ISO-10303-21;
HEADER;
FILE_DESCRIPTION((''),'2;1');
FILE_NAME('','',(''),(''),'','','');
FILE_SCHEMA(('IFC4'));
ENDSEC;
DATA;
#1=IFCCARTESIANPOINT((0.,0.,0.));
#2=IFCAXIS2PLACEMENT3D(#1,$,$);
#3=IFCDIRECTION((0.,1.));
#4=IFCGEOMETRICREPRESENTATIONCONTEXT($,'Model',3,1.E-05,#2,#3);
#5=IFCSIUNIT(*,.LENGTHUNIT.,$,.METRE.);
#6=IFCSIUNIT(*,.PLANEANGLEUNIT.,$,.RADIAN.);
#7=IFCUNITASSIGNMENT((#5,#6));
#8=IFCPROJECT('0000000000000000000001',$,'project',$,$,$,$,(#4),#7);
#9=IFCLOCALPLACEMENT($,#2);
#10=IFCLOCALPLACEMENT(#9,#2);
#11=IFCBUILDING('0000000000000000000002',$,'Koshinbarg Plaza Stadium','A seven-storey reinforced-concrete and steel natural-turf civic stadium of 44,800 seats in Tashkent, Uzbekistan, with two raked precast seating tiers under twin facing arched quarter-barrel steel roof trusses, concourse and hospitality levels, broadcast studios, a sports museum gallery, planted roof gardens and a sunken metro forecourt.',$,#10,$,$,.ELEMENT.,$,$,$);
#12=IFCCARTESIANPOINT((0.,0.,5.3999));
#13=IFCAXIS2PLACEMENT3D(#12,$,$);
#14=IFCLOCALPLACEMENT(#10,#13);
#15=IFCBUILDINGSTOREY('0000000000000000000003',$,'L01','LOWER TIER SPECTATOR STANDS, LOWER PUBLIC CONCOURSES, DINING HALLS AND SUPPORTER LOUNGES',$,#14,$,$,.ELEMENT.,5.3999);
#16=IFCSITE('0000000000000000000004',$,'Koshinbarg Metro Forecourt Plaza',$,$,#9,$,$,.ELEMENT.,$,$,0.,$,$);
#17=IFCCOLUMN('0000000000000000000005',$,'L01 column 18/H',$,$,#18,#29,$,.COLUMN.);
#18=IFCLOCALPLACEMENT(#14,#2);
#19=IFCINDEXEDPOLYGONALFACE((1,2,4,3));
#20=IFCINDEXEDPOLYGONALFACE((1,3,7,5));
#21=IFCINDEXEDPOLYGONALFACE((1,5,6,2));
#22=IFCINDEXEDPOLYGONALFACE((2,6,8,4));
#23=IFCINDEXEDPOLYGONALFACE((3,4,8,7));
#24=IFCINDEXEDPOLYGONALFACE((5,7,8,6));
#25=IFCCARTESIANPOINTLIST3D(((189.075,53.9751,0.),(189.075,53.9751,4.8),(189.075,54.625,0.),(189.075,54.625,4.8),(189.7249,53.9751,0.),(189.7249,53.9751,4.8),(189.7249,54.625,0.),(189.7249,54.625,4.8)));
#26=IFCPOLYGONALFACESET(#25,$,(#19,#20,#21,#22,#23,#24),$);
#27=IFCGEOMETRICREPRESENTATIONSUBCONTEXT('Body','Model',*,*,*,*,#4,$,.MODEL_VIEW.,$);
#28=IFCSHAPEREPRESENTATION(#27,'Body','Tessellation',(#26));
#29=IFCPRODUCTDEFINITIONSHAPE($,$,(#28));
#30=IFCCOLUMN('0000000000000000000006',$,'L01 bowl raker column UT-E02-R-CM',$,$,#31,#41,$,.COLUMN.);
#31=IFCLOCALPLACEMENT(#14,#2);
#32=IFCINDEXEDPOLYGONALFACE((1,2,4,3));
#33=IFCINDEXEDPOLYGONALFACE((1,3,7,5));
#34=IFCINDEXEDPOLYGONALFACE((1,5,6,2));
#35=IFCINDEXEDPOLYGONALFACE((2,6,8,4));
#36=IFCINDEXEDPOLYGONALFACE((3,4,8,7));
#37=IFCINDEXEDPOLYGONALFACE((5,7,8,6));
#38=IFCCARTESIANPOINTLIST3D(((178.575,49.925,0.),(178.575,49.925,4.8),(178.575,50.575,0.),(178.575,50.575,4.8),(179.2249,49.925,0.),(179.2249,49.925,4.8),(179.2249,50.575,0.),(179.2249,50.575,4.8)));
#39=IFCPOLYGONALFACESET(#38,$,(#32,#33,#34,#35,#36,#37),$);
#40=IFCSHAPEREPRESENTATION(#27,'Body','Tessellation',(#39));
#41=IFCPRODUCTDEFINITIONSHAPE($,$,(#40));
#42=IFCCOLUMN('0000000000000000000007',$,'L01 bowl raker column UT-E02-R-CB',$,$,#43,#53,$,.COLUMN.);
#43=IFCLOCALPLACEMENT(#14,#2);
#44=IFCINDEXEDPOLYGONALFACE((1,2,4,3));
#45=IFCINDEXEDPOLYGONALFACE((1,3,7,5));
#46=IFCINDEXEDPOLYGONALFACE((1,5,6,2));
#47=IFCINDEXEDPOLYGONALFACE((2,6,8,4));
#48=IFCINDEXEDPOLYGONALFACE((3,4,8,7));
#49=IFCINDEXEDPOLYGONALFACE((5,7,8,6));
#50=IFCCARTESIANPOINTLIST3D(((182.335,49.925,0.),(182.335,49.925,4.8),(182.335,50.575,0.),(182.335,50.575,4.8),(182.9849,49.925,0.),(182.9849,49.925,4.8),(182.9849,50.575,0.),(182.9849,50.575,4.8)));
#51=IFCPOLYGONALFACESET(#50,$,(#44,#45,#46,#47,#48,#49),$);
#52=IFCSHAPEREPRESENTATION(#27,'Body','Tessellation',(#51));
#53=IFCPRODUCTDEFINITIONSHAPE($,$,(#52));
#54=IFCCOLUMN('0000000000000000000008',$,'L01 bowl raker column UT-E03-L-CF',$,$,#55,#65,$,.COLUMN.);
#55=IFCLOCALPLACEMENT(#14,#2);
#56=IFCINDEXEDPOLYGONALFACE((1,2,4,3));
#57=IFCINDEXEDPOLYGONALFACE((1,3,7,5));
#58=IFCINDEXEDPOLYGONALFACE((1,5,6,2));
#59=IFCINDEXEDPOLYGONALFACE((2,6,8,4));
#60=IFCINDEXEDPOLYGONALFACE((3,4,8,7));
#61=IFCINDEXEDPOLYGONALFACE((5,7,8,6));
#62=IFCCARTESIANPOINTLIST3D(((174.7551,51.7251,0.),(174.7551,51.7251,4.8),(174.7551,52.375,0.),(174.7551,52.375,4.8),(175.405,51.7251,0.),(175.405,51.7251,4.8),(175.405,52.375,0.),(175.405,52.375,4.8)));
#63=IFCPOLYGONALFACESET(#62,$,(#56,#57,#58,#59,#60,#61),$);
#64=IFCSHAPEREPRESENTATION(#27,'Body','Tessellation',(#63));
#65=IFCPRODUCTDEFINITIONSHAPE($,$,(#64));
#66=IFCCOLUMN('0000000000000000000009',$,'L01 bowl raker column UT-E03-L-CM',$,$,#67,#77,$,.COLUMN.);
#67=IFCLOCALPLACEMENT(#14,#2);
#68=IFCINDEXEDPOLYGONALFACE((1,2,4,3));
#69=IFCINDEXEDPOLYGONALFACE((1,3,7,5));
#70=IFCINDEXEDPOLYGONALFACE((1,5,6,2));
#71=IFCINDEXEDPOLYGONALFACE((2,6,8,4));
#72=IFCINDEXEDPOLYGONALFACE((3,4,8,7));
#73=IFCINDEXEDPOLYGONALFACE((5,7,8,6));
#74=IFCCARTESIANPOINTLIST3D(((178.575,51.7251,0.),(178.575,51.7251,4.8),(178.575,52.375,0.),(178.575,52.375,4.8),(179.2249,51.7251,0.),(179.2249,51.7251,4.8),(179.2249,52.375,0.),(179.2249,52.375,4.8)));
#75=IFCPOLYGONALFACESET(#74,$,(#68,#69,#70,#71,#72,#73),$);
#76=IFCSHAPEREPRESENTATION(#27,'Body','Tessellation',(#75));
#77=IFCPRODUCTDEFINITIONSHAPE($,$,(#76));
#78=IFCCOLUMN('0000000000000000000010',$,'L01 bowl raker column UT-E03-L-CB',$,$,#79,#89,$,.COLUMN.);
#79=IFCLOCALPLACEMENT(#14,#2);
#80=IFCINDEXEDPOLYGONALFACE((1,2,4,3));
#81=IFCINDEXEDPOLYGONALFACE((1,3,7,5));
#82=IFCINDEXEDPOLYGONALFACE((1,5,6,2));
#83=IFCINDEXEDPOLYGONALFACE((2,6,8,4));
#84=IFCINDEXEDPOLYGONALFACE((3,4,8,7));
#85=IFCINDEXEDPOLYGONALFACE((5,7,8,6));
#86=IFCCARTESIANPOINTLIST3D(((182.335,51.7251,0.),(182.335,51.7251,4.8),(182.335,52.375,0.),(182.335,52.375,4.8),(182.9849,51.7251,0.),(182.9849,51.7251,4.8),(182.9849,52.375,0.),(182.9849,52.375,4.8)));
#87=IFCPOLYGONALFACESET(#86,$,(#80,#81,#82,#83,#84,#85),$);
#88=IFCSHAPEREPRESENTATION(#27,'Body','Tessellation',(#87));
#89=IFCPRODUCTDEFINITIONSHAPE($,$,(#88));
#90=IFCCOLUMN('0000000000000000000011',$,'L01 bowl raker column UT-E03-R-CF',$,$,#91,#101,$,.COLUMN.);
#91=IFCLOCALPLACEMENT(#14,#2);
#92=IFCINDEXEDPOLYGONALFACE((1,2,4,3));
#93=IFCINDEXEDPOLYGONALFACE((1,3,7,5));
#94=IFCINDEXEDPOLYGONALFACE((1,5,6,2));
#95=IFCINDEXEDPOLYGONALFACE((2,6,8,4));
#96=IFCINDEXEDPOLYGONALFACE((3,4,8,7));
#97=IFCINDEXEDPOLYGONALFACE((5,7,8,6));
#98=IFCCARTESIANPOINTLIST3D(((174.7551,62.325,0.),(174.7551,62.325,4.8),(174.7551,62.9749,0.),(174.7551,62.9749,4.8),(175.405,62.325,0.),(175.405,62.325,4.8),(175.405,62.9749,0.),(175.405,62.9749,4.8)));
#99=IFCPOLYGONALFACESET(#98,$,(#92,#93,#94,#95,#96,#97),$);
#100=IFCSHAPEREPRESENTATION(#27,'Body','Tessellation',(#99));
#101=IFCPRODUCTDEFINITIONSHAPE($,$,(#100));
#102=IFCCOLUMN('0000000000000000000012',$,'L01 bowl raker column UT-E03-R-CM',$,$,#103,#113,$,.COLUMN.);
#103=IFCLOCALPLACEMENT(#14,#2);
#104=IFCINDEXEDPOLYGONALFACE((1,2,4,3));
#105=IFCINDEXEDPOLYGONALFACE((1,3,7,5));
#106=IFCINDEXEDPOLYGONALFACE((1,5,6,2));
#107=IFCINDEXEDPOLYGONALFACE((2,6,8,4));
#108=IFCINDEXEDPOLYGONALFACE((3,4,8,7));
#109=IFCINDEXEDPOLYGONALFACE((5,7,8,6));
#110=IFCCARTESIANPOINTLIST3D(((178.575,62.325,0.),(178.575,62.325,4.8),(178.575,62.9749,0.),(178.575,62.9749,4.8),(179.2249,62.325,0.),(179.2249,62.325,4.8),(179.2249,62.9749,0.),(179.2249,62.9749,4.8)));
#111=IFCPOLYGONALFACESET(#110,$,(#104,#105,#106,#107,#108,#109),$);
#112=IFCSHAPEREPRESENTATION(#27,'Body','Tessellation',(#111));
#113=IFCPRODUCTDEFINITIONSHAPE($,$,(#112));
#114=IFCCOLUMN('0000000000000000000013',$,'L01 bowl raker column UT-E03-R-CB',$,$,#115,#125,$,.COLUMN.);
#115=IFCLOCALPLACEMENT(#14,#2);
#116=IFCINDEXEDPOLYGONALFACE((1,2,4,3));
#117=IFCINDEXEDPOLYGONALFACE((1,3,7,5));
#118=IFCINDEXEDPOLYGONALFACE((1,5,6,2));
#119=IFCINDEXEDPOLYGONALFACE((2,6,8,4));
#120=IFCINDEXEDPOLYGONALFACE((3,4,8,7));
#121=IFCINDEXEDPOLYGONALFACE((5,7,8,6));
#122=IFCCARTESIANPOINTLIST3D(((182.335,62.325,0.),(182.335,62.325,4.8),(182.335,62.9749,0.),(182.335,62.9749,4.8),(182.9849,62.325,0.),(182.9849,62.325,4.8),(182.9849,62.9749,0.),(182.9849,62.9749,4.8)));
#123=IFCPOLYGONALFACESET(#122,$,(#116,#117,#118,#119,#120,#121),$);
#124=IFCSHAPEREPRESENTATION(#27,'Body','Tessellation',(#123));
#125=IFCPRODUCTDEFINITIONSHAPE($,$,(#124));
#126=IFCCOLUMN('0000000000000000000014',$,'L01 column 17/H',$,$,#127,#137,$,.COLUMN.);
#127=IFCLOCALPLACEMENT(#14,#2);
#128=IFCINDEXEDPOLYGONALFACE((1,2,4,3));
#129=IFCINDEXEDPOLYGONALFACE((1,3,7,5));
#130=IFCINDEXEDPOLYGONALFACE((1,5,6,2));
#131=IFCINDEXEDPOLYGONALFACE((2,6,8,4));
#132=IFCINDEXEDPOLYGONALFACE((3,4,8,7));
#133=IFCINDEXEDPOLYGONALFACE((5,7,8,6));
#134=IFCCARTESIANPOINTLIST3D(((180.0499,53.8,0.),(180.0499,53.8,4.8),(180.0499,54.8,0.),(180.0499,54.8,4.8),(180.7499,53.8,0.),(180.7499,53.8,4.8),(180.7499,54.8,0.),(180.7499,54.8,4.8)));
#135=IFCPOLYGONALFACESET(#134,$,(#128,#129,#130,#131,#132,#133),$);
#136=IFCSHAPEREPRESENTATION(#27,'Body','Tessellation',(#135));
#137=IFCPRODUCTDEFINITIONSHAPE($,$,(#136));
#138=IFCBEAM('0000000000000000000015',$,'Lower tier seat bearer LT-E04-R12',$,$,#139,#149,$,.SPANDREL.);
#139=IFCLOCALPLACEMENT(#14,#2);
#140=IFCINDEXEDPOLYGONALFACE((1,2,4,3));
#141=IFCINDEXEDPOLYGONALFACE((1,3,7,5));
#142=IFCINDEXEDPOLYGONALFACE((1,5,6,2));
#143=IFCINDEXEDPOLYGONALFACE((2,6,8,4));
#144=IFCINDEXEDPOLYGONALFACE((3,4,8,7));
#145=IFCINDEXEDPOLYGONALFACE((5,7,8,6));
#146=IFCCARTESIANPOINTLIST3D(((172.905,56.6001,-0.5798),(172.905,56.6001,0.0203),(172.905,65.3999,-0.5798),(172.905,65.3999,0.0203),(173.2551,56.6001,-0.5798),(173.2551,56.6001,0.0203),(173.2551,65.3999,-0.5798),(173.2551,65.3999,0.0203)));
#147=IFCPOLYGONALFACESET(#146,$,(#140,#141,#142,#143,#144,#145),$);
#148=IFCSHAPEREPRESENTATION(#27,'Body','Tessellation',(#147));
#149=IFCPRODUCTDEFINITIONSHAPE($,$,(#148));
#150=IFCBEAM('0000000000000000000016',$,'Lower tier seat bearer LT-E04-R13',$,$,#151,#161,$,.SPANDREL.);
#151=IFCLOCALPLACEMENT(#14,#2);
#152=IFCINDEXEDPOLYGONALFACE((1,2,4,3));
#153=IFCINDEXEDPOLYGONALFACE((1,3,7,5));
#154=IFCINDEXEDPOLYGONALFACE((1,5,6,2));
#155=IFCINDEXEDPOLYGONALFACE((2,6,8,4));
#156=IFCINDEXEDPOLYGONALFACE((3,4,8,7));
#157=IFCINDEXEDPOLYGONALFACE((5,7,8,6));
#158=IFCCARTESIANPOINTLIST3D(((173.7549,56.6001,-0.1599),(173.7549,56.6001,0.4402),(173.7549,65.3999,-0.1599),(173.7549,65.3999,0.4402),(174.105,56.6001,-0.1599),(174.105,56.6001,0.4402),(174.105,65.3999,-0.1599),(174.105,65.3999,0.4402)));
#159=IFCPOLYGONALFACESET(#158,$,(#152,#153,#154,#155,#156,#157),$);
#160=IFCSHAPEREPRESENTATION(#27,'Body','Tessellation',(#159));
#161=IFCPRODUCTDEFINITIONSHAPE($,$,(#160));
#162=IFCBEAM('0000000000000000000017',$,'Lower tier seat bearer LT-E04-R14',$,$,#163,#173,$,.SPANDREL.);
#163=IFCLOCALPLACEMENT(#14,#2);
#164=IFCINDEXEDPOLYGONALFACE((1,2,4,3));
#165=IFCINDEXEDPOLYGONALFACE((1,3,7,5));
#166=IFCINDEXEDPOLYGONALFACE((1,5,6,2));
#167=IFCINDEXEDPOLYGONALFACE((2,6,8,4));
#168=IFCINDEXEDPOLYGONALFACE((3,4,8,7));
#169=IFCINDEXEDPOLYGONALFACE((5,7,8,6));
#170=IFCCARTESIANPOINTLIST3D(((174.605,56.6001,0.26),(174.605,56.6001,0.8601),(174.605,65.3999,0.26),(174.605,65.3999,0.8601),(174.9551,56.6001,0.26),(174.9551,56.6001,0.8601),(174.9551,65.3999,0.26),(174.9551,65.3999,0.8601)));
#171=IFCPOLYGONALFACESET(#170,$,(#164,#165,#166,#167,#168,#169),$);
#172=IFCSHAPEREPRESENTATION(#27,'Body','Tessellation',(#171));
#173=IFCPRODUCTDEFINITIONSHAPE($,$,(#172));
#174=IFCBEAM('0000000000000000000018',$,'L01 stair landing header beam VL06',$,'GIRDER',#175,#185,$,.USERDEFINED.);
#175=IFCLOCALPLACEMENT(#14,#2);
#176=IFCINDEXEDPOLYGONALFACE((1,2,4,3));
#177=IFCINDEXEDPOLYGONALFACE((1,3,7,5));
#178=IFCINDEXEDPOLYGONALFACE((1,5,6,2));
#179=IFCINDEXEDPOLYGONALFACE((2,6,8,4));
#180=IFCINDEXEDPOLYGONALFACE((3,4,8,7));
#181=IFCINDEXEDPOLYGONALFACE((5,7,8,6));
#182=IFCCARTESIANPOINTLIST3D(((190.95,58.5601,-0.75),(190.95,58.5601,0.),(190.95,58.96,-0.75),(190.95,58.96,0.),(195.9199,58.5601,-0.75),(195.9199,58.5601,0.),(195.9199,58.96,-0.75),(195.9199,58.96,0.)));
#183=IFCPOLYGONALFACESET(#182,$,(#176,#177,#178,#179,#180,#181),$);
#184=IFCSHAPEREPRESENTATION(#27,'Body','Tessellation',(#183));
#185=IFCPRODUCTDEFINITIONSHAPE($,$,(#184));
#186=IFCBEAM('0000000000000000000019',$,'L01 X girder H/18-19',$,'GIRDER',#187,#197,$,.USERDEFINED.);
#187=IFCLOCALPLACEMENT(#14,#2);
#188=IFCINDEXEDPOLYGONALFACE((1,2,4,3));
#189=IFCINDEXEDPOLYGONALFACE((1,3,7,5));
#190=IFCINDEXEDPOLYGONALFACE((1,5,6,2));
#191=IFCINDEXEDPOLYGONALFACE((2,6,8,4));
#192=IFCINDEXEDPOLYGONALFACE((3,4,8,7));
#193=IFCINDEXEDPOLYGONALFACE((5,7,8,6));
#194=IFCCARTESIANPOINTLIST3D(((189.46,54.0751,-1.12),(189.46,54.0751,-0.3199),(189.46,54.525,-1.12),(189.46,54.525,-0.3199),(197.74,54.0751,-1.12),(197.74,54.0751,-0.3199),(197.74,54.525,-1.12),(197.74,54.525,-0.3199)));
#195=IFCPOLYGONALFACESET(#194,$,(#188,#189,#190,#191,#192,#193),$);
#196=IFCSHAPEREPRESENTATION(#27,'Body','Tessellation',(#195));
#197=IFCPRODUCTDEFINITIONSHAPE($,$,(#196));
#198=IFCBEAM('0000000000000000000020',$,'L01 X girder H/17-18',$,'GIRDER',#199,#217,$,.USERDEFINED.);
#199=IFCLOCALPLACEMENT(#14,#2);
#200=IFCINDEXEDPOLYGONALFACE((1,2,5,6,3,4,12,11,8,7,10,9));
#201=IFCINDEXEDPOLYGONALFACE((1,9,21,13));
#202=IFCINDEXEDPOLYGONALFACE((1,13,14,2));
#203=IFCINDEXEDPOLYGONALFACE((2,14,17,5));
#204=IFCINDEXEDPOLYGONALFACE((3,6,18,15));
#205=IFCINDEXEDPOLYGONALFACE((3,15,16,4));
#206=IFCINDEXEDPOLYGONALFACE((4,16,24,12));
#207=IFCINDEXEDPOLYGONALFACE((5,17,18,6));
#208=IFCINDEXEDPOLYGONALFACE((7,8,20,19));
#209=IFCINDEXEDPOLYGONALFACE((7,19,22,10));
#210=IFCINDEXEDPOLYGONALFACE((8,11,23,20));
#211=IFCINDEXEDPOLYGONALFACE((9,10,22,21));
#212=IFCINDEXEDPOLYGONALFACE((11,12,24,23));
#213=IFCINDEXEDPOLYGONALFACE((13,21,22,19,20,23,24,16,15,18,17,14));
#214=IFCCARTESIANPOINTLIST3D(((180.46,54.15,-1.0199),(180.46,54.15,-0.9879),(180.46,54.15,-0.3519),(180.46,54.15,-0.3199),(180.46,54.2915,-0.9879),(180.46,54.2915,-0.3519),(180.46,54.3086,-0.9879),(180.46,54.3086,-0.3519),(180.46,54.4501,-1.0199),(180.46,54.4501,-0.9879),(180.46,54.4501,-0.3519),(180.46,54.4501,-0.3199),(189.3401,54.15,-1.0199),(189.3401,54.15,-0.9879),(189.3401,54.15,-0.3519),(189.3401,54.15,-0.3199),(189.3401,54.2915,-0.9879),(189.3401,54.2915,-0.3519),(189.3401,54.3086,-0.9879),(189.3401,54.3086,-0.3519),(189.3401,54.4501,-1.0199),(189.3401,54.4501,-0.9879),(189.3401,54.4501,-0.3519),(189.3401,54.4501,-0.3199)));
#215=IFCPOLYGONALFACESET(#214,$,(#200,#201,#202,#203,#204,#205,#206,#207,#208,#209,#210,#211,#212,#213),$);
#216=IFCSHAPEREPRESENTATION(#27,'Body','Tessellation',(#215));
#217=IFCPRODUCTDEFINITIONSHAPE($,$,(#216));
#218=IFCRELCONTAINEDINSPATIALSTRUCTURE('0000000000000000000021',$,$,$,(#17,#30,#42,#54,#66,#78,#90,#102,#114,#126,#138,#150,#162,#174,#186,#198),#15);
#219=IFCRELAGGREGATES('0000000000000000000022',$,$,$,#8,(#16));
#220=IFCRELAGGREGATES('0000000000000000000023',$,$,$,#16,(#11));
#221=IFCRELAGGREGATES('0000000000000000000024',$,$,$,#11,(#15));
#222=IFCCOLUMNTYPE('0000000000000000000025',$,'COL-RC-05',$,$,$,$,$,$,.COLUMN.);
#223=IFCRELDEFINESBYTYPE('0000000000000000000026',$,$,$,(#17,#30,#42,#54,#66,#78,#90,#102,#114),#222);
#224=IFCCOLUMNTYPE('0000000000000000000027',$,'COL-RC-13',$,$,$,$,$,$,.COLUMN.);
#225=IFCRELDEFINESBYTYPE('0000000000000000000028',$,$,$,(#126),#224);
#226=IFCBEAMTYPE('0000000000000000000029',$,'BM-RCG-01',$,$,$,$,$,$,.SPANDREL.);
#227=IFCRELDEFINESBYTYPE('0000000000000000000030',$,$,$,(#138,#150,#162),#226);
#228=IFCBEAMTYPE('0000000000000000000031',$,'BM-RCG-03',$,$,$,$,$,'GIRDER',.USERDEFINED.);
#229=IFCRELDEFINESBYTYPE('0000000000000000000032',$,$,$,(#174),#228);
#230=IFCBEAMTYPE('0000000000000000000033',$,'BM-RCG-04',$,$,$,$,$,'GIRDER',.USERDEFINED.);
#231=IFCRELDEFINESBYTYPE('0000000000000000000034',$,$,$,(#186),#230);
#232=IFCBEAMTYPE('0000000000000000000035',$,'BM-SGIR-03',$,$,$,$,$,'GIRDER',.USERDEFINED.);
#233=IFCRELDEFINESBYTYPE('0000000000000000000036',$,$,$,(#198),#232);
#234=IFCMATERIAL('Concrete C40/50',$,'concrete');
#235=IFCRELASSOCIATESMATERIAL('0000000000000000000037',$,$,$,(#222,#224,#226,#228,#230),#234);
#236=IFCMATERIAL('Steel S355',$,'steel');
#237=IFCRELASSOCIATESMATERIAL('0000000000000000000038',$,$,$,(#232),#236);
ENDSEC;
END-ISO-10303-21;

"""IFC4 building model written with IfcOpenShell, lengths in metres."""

from ifc_helpers import new_model, si_unit, direction, frame, origin, origin_2d, place, context, subcontext, project, spatial, rectangle, i_section, extrude, material, material_profile, profile_set, type_object, element, save


model = new_model("IFC4")

# Units and contexts
model_context = context("Model", 3, precision=1e-05, world=origin(), true_north=direction((0.0, 1.0)))
body_context = subcontext(model_context, "Body", "Model", "MODEL_VIEW")
ifc_project = project(units=[si_unit("LENGTHUNIT", "METRE"), si_unit("PLANEANGLEUNIT", "RADIAN")], contexts=[model_context])

# Site, building, storey
site_placement = place(None, origin())
site = spatial("IfcSite", under=ifc_project, at=site_placement, Name="Koshinbarg Metro Forecourt Plaza", CompositionType="ELEMENT", RefElevation=0.0)
building_placement = place(site_placement, origin())
building = spatial("IfcBuilding", under=site, at=building_placement, Name="Koshinbarg Plaza Stadium", Description="A seven-storey reinforced-concrete and steel natural-turf civic stadium of 44,800 seats in Tashkent, Uzbekistan, with two raked precast seating tiers under twin facing arched quarter-barrel steel roof trusses, concourse and hospitality levels, broadcast studios, a sports museum gallery, planted roof gardens and a sunken metro forecourt.", CompositionType="ELEMENT")
storey_placement = place(building_placement, frame((0.0, 0.0, 5.3999)))
storey = spatial("IfcBuildingStorey", under=building, at=storey_placement, Name="L01", Description="LOWER TIER SPECTATOR STANDS, LOWER PUBLIC CONCOURSES, DINING HALLS AND SUPPORTER LOUNGES", CompositionType="ELEMENT", Elevation=5.3999)

# Columns
ifc_material_1 = material(Name="Concrete C40/50", Category="concrete")
ifc_material_profile_1 = material_profile(ifc_material_1, rectangle(XDim=0.6499, YDim=0.6499, at=origin_2d()), Name="RC 650x650")
ifc_profile_set_1 = profile_set([ifc_material_profile_1], Name="Concrete C40/50")
column_type_1 = type_object("IfcColumnType", Name="COL-RC-05", PredefinedType="COLUMN", material=ifc_profile_set_1)
for number, where, z_axis, x_axis, name in (
    (1, (189.3999, 54.3, 0.0), (0.0, 0.0, 1.0), (1.0, 0.0, 0.0), "L01 column 18/H"),
    (2, (178.8999, 50.25, 0.0), (0.0, 0.0, 1.0), (1.0, 0.0, 0.0), "L01 bowl raker column UT-E02-R-CM"),
    (3, (182.6599, 50.25, 0.0), (0.0, 0.0, 1.0), (1.0, 0.0, 0.0), "L01 bowl raker column UT-E02-R-CB"),
    (4, (175.0801, 52.05, 0.0), (0.0, 0.0, 1.0), (1.0, 0.0, 0.0), "L01 bowl raker column UT-E03-L-CF"),
    (5, (178.8999, 52.05, 0.0), (0.0, 0.0, 1.0), (1.0, 0.0, 0.0), "L01 bowl raker column UT-E03-L-CM"),
    (6, (182.6599, 52.05, 0.0), (0.0, 0.0, 1.0), (1.0, 0.0, 0.0), "L01 bowl raker column UT-E03-L-CB"),
    (7, (175.0801, 62.6499, 0.0), (0.0, 0.0, 1.0), (1.0, 0.0, 0.0), "L01 bowl raker column UT-E03-R-CF"),
    (8, (178.8999, 62.6499, 0.0), (0.0, 0.0, 1.0), (1.0, 0.0, 0.0), "L01 bowl raker column UT-E03-R-CM"),
    (9, (182.6599, 62.6499, 0.0), (0.0, 0.0, 1.0), (1.0, 0.0, 0.0), "L01 bowl raker column UT-E03-R-CB"),
):
    element("IfcColumn", number, at=place(storey_placement, frame(where, z_axis=z_axis, x_axis=x_axis)), inside=storey, type_object=column_type_1, Name=name, PredefinedType="COLUMN", context=body_context, shape_type="SweptSolid", body=[
        extrude(rectangle(XDim=0.6499, YDim=0.6499, at=origin_2d()), origin(), (0.0, 0.0, 1.0), 4.8),
    ])
ifc_material_profile_2 = material_profile(ifc_material_1, rectangle(XDim=0.7, YDim=1.0, at=origin_2d()), Name="RC 700x1000")
ifc_profile_set_2 = profile_set([ifc_material_profile_2], Name="Concrete C40/50")
column_type_2 = type_object("IfcColumnType", Name="COL-RC-13", PredefinedType="COLUMN", material=ifc_profile_set_2)
column_placement = place(storey_placement, frame((180.3999, 54.3, 0.0), z_axis=(0.0, 0.0, 1.0), x_axis=(1.0, 0.0, 0.0)))
element("IfcColumn", 10, at=column_placement, inside=storey, type_object=column_type_2, Name="L01 column 17/H", PredefinedType="COLUMN", context=body_context, shape_type="SweptSolid", body=[
    extrude(rectangle(XDim=0.7, YDim=1.0, at=origin_2d()), origin(), (0.0, 0.0, 1.0), 4.8),
])

# Beams
ifc_material_profile_3 = material_profile(ifc_material_1, rectangle(XDim=0.3501, YDim=0.6001, at=origin_2d()), Name="RC 350x600")
ifc_profile_set_3 = profile_set([ifc_material_profile_3], Name="Concrete C40/50")
beam_type_1 = type_object("IfcBeamType", Name="BM-RCG-01", PredefinedType="SPANDREL", material=ifc_profile_set_3)
for number, where, z_axis, x_axis, name in (
    (11, (173.0801, 56.6001, -0.2798), (0.0, 1.0, 0.0), (-1.0, 0.0, 0.0), "Lower tier seat bearer LT-E04-R12"),
    (12, (173.9299, 56.6001, 0.1401), (0.0, 1.0, 0.0), (-1.0, 0.0, 0.0), "Lower tier seat bearer LT-E04-R13"),
    (13, (174.78, 56.6001, 0.5601), (0.0, 1.0, 0.0), (-1.0, 0.0, 0.0), "Lower tier seat bearer LT-E04-R14"),
):
    element("IfcBeam", number, at=place(storey_placement, frame(where, z_axis=z_axis, x_axis=x_axis)), inside=storey, type_object=beam_type_1, Name=name, PredefinedType="SPANDREL", context=body_context, shape_type="SweptSolid", body=[
        extrude(rectangle(XDim=0.3501, YDim=0.6001, at=origin_2d()), origin(), (0.0, 0.0, 1.0), 8.7998),
    ])
ifc_material_profile_4 = material_profile(ifc_material_1, rectangle(XDim=0.3999, YDim=0.75, at=origin_2d()), Name="RC 400x750")
ifc_profile_set_4 = profile_set([ifc_material_profile_4], Name="Concrete C40/50")
beam_type_2 = type_object("IfcBeamType", Name="BM-RCG-03", ElementType="GIRDER", PredefinedType="USERDEFINED", material=ifc_profile_set_4)
beam_1_placement = place(storey_placement, frame((190.95, 58.76, -0.375), z_axis=(1.0, 0.0, 0.0), x_axis=(0.0, 1.0, 0.0)))
element("IfcBeam", 14, at=beam_1_placement, inside=storey, type_object=beam_type_2, Name="L01 stair landing header beam VL06", ObjectType="GIRDER", PredefinedType="USERDEFINED", context=body_context, shape_type="SweptSolid", body=[
    extrude(rectangle(XDim=0.3999, YDim=0.75, at=origin_2d()), origin(), (0.0, 0.0, 1.0), 4.97),
])
ifc_material_profile_5 = material_profile(ifc_material_1, rectangle(XDim=0.45, YDim=0.8, at=origin_2d()), Name="RC 450x800")
ifc_profile_set_5 = profile_set([ifc_material_profile_5], Name="Concrete C40/50")
beam_type_3 = type_object("IfcBeamType", Name="BM-RCG-04", ElementType="GIRDER", PredefinedType="USERDEFINED", material=ifc_profile_set_5)
beam_2_placement = place(storey_placement, frame((189.46, 54.3, -0.72), z_axis=(1.0, 0.0, 0.0), x_axis=(0.0, 1.0, 0.0)))
element("IfcBeam", 15, at=beam_2_placement, inside=storey, type_object=beam_type_3, Name="L01 X girder H/18-19", ObjectType="GIRDER", PredefinedType="USERDEFINED", context=body_context, shape_type="SweptSolid", body=[
    extrude(rectangle(XDim=0.45, YDim=0.8, at=origin_2d()), origin(), (0.0, 0.0, 1.0), 8.28),
])
ifc_material_2 = material(Name="Steel S355", Category="steel")
ifc_material_profile_6 = material_profile(ifc_material_2, i_section(OverallWidth=0.3, OverallDepth=0.7, WebThickness=0.0171, FlangeThickness=0.032, at=origin_2d()), Name="HEB 700")
ifc_profile_set_6 = profile_set([ifc_material_profile_6], Name="Steel S355")
beam_type_4 = type_object("IfcBeamType", Name="BM-SGIR-03", ElementType="GIRDER", PredefinedType="USERDEFINED", material=ifc_profile_set_6)
beam_3_placement = place(storey_placement, frame((180.46, 54.3, -0.6699), z_axis=(1.0, 0.0, 0.0), x_axis=(0.0, 1.0, 0.0)))
element("IfcBeam", 16, at=beam_3_placement, inside=storey, type_object=beam_type_4, Name="L01 X girder H/17-18", ObjectType="GIRDER", PredefinedType="USERDEFINED", context=body_context, shape_type="SweptSolid", body=[
    extrude(i_section(OverallWidth=0.3, OverallDepth=0.7, WebThickness=0.0171, FlangeThickness=0.032, at=origin_2d()), origin(), (0.0, 0.0, 1.0), 8.8801),
])

save(model, "model.ifc")
